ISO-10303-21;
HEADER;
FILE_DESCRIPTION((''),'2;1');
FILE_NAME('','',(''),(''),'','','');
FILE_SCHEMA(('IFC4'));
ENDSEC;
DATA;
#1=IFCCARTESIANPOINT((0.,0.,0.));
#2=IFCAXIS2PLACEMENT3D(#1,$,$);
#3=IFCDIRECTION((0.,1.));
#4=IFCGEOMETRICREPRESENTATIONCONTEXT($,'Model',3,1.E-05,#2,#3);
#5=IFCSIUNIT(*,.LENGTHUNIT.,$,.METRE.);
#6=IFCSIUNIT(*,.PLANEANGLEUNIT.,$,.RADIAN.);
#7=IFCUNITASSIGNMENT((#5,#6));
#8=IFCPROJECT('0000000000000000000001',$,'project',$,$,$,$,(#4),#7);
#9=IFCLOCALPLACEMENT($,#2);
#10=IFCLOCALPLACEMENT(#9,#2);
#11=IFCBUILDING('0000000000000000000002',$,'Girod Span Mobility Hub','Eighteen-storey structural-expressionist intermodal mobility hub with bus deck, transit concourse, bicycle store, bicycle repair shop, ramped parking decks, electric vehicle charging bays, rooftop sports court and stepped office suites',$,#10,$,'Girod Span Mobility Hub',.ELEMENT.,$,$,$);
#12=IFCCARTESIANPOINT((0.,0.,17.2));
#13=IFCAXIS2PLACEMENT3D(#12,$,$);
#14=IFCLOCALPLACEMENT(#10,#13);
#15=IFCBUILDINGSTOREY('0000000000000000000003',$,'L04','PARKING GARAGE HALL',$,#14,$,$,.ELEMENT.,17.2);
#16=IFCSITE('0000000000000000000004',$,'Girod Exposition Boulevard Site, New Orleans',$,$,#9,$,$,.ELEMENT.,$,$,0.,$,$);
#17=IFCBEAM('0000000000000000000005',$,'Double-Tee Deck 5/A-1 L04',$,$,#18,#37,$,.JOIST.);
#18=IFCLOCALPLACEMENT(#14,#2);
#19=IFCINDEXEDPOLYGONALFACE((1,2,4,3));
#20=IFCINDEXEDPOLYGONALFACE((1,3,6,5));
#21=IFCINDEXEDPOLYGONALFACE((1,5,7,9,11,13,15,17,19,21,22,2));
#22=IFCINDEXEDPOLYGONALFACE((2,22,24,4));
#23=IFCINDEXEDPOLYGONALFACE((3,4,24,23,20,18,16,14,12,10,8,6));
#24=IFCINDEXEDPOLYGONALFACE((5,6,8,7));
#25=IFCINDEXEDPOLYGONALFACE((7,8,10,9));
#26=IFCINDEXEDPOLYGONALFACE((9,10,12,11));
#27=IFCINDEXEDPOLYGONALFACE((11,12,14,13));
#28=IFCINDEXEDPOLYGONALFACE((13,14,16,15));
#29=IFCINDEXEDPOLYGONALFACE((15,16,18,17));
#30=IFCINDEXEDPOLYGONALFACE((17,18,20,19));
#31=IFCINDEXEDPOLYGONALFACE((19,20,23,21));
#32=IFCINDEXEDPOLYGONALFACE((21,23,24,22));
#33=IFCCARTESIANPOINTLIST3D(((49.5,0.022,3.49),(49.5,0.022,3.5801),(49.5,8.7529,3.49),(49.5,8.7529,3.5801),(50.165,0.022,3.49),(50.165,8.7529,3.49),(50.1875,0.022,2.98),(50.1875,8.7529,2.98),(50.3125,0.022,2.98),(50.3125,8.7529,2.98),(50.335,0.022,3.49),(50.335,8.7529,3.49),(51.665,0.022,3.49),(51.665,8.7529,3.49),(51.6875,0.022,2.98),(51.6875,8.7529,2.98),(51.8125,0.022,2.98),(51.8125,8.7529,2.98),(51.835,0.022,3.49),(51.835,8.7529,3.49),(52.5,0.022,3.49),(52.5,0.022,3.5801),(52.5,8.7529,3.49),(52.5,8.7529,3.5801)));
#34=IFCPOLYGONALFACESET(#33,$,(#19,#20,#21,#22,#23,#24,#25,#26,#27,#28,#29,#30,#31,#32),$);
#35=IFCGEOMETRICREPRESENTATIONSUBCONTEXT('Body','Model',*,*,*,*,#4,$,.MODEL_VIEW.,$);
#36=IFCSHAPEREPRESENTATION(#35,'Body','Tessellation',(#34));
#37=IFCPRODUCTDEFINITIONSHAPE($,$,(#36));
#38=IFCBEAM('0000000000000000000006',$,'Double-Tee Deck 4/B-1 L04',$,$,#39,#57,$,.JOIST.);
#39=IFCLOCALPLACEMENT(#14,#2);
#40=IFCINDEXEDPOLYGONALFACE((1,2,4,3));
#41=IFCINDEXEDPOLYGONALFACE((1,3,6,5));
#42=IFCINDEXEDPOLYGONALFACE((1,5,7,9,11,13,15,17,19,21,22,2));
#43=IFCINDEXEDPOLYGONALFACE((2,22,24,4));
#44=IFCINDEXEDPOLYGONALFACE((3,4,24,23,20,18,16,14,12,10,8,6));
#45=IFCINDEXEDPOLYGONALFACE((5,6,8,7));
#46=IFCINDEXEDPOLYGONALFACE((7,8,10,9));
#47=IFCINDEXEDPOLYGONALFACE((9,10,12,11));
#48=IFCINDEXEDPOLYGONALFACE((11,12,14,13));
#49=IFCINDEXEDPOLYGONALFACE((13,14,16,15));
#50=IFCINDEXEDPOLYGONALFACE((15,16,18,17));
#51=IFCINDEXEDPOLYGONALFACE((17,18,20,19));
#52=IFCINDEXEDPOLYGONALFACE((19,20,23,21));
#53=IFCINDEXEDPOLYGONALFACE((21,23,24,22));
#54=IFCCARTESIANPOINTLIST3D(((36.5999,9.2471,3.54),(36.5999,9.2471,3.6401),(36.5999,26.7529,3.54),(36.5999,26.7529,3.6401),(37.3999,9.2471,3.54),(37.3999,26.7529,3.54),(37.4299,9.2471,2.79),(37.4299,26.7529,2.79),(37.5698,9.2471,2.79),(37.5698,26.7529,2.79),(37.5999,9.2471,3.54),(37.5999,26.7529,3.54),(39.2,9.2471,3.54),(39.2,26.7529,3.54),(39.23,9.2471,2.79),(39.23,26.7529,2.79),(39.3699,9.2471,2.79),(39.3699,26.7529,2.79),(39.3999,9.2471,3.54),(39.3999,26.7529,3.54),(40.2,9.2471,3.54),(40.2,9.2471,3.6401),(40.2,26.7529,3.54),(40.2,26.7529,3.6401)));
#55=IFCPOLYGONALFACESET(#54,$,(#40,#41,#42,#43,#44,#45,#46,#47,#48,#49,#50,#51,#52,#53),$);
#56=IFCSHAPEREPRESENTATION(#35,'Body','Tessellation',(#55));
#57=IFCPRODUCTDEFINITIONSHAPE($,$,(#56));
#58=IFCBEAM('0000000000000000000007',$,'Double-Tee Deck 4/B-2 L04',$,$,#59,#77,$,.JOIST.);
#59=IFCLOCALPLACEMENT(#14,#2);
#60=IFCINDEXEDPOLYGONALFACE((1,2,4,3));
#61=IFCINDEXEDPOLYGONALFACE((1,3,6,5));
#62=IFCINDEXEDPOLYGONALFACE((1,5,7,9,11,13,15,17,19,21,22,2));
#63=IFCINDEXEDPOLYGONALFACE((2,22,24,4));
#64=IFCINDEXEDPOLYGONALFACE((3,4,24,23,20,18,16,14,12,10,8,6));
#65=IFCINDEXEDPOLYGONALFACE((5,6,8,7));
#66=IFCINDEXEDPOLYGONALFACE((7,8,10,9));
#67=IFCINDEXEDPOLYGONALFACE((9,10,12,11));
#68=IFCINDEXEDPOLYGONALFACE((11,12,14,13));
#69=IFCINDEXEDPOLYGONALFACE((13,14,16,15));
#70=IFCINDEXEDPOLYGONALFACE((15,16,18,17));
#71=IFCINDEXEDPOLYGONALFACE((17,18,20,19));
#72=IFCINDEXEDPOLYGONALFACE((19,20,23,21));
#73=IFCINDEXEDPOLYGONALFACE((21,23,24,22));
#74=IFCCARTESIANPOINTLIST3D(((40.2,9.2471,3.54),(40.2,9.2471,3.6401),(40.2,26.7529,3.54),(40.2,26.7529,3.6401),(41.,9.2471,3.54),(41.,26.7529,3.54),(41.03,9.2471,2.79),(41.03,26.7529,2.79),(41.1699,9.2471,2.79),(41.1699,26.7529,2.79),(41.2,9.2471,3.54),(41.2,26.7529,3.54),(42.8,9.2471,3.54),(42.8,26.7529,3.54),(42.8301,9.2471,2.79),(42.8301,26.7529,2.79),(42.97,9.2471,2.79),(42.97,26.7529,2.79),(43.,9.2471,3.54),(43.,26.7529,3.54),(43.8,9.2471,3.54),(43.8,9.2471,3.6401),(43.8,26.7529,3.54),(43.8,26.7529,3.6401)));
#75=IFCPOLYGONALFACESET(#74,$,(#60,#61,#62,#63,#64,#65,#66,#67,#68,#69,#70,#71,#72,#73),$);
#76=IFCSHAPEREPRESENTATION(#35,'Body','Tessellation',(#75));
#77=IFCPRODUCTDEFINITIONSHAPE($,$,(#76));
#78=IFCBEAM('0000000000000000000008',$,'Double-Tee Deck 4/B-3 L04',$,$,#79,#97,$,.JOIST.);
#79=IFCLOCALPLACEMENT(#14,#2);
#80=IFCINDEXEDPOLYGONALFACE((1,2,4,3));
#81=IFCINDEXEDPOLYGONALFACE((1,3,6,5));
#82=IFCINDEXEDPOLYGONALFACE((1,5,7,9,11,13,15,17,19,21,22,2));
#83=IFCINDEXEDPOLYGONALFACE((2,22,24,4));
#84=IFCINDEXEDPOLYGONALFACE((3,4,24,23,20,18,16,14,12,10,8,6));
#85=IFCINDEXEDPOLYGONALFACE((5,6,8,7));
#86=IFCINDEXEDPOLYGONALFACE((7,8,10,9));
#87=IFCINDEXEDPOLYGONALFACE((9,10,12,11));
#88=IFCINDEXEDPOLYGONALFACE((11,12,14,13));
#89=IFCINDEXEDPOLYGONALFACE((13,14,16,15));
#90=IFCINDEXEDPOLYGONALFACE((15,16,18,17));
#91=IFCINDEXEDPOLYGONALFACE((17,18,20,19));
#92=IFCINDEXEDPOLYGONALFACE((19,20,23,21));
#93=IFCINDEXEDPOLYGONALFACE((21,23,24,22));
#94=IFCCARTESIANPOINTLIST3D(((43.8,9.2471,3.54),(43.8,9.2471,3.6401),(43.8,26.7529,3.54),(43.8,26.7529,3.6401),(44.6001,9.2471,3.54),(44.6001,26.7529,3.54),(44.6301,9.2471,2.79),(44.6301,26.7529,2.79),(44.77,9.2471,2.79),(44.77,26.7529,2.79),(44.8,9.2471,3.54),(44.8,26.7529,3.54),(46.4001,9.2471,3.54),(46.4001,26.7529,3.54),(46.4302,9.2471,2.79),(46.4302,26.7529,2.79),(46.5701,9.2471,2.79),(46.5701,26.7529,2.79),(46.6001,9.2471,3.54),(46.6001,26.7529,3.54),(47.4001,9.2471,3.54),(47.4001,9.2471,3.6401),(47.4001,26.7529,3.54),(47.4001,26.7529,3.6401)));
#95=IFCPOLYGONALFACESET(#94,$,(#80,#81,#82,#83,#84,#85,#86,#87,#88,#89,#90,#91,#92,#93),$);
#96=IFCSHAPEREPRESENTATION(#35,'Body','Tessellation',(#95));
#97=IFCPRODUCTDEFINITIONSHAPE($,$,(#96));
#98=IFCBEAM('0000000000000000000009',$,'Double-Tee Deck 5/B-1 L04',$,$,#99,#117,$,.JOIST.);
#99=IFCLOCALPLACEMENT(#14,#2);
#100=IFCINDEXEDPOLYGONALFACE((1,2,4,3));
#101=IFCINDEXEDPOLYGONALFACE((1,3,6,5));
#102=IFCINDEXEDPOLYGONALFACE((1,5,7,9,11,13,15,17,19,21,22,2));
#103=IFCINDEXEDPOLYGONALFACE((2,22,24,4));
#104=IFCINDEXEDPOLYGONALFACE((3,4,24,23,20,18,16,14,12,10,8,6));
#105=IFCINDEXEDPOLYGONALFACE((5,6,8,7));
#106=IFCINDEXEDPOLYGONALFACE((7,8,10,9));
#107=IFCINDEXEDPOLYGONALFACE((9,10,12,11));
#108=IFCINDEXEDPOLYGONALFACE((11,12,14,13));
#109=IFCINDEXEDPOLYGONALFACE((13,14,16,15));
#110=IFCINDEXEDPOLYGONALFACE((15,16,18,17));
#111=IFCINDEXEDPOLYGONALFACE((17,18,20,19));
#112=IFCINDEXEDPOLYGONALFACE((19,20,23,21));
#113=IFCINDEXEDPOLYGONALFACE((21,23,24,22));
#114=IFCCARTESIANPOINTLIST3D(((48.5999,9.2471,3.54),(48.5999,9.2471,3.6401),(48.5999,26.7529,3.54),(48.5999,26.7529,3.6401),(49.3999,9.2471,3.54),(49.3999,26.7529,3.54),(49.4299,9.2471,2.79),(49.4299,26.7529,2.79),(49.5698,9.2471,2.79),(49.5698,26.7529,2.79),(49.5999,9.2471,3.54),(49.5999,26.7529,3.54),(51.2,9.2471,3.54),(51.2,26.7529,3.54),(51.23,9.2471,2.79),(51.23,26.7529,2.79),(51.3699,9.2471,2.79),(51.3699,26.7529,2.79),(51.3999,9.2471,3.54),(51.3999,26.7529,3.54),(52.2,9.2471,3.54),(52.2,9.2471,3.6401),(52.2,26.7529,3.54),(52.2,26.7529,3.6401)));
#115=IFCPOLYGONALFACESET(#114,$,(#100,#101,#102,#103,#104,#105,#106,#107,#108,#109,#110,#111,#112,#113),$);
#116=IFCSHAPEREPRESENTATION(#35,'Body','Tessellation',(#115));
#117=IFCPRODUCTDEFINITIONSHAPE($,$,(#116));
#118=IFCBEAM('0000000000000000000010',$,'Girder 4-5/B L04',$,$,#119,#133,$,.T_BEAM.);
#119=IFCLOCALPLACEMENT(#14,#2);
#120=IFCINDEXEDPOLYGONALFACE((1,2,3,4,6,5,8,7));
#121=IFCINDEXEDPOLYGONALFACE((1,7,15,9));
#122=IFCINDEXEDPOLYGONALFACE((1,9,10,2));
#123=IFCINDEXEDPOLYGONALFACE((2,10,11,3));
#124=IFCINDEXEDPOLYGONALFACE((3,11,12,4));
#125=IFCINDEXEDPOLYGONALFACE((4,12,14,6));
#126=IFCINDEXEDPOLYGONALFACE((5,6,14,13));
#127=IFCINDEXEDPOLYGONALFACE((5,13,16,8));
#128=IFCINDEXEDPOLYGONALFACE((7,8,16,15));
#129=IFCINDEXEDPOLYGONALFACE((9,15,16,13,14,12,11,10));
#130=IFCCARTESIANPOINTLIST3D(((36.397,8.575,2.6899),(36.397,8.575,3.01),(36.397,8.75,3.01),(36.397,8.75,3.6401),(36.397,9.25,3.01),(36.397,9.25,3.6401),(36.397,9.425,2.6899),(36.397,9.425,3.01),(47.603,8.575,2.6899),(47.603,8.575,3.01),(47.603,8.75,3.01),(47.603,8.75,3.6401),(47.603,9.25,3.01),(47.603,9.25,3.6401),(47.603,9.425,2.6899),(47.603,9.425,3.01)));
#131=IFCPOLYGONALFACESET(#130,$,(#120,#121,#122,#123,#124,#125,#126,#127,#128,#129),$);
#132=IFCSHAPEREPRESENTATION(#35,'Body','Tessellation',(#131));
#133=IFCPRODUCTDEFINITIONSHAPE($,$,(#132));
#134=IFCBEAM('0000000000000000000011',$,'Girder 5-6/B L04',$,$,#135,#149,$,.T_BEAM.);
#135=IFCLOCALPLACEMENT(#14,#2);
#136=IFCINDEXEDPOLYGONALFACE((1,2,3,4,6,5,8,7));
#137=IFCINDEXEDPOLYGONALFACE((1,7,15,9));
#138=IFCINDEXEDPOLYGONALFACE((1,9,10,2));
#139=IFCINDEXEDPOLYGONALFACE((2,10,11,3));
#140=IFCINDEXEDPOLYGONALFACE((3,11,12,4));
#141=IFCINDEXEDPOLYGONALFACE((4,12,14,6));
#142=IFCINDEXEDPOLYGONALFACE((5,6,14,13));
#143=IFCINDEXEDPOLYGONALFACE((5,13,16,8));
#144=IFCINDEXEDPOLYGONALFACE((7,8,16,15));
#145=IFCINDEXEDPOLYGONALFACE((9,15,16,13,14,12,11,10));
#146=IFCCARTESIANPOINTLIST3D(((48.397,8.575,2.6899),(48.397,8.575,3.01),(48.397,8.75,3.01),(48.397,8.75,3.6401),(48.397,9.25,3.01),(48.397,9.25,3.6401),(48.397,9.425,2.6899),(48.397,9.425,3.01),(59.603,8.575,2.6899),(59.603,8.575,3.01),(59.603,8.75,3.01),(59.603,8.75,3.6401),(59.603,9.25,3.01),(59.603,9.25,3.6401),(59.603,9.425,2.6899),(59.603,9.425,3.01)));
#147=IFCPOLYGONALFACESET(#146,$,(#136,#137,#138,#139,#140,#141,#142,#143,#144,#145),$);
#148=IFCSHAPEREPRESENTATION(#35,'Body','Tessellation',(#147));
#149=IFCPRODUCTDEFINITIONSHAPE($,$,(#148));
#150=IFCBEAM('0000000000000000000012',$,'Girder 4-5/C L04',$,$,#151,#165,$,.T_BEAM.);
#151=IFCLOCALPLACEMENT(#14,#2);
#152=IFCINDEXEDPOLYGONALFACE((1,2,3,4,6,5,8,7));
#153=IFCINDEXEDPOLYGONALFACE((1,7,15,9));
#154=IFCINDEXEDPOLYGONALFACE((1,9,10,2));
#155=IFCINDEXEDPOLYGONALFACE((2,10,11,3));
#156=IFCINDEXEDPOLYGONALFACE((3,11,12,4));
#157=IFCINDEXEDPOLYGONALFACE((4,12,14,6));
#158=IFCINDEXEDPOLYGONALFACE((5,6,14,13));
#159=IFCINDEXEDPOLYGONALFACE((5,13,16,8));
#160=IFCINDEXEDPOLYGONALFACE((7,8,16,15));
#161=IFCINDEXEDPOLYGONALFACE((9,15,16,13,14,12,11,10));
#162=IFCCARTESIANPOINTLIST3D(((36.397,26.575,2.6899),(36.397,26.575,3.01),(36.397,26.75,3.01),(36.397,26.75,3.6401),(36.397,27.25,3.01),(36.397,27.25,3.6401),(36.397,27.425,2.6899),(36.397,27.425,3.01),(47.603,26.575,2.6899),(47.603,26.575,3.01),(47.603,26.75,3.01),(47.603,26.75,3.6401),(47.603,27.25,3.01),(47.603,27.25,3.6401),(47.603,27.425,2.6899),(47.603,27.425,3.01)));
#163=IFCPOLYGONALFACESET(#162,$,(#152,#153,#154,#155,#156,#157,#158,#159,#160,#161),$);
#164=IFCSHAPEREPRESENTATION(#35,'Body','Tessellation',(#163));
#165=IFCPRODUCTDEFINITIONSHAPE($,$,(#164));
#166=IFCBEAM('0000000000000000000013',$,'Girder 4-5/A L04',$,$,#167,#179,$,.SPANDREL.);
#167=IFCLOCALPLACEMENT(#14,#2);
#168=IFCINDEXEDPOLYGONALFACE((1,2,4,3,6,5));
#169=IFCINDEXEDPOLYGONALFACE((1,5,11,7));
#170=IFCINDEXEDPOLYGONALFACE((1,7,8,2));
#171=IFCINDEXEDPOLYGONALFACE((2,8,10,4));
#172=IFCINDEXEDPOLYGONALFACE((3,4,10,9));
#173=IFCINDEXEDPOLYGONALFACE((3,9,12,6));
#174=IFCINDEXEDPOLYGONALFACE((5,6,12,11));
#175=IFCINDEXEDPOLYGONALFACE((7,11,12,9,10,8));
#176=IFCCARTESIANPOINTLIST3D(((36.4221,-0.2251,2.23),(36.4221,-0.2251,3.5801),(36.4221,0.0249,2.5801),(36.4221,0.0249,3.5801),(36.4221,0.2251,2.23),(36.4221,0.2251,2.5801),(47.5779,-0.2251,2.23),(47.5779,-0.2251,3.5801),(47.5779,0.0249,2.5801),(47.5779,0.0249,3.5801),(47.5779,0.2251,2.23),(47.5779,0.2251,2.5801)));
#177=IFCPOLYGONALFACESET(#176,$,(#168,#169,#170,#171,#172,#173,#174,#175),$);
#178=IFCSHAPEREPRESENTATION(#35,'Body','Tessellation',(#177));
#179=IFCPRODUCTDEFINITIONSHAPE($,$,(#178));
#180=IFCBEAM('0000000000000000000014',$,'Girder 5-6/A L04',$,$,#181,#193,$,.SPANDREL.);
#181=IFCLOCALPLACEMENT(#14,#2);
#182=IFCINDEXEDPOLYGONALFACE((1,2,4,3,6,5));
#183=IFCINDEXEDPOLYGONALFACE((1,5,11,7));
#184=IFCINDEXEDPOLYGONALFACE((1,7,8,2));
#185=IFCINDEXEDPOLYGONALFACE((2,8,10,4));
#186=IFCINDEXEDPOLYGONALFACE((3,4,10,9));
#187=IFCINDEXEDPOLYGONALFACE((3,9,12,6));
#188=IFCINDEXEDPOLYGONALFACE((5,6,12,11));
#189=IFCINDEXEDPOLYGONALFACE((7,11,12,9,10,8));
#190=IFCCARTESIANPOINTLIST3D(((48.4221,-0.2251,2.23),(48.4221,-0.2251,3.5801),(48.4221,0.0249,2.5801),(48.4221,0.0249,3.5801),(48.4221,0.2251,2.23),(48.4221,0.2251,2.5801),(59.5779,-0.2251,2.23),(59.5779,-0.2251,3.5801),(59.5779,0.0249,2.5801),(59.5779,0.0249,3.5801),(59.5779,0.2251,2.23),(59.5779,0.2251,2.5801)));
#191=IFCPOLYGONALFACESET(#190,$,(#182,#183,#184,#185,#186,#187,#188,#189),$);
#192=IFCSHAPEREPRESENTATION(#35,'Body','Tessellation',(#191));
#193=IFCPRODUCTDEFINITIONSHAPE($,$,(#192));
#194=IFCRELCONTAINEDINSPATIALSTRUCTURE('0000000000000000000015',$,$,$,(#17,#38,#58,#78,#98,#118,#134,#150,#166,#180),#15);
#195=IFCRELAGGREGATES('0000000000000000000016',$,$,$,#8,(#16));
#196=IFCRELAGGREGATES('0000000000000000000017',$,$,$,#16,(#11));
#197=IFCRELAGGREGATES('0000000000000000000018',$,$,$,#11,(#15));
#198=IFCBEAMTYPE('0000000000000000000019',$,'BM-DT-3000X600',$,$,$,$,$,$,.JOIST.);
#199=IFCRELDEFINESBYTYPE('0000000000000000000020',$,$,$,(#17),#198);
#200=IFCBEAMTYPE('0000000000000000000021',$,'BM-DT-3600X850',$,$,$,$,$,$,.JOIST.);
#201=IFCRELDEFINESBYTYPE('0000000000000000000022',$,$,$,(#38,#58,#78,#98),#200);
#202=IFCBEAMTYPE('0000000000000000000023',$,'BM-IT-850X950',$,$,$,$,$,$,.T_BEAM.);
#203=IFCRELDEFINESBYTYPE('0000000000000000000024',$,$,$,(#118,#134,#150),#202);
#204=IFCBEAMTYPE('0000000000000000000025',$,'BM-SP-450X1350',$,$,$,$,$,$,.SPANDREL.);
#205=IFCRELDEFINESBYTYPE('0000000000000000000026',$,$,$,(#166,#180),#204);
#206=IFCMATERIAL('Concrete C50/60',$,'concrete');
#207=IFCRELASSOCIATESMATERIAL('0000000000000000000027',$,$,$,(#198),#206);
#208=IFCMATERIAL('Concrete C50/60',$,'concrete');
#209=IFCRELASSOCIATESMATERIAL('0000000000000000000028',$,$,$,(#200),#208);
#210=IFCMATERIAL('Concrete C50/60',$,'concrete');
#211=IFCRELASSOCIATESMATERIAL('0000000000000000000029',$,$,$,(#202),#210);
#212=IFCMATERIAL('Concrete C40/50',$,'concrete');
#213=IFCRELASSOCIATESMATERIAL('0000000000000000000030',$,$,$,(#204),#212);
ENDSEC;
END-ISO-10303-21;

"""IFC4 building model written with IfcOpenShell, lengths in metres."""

from ifc_helpers import new_model, si_unit, direction, frame, origin, place, context, subcontext, project, spatial, polyline, outline, extrude, material, material_profile, profile_set, type_object, element, save


model = new_model("IFC4")

# Units and contexts
model_context = context("Model", 3, precision=1e-05, world=origin(), true_north=direction((0.0, 1.0)))
body_context = subcontext(model_context, "Body", "Model", "MODEL_VIEW")
ifc_project = project(units=[si_unit("LENGTHUNIT", "METRE"), si_unit("PLANEANGLEUNIT", "RADIAN")], contexts=[model_context])

# Site, building, storey
site_placement = place(None, origin())
site = spatial("IfcSite", under=ifc_project, at=site_placement, Name="Girod Exposition Boulevard Site, New Orleans", CompositionType="ELEMENT", RefElevation=0.0)
building_placement = place(site_placement, origin())
building = spatial("IfcBuilding", under=site, at=building_placement, Name="Girod Span Mobility Hub", Description="Eighteen-storey structural-expressionist intermodal mobility hub with bus deck, transit concourse, bicycle store, bicycle repair shop, ramped parking decks, electric vehicle charging bays, rooftop sports court and stepped office suites", LongName="Girod Span Mobility Hub", CompositionType="ELEMENT")
storey_placement = place(building_placement, frame((0.0, 0.0, 17.2)))
storey = spatial("IfcBuildingStorey", under=building, at=storey_placement, Name="L04", Description="PARKING GARAGE HALL", CompositionType="ELEMENT", Elevation=17.2)

# Beams
ifc_material_1 = material(Name="Concrete C50/60", Category="concrete")
ifc_material_profile_1 = material_profile(ifc_material_1, outline(polyline([(-1.5, 0.3), (-1.5, 0.21), (-0.835, 0.21), (-0.8125, -0.3), (-0.6875, -0.3), (-0.665, 0.21), (0.665, 0.21), (0.6875, -0.3), (0.8125, -0.3), (0.835, 0.21), (1.5, 0.21), (1.5, 0.3), (-1.5, 0.3)])), Name="DT-3000X600")
ifc_profile_set_1 = profile_set([ifc_material_profile_1], Name="Concrete C50/60")
beam_type_1 = type_object("IfcBeamType", Name="BM-DT-3000X600", PredefinedType="JOIST", material=ifc_profile_set_1)
for number, where, z_axis, x_axis, name in (
    (1, (51.0, 0.022, 3.28), (0.0, 1.0, 0.0), (-1.0, 0.0, 0.0), "Double-Tee Deck 5/A-1 L04"),
):
    element("IfcBeam", number, at=place(storey_placement, frame(where, z_axis=z_axis, x_axis=x_axis)), inside=storey, type_object=beam_type_1, Name=name, PredefinedType="JOIST", context=body_context, shape_type="SweptSolid", body=[
        extrude(outline(polyline([(-1.5, 0.3), (-1.5, 0.21), (-0.835, 0.21), (-0.8125, -0.3), (-0.6875, -0.3), (-0.665, 0.21), (0.665, 0.21), (0.6875, -0.3), (0.8125, -0.3), (0.835, 0.21), (1.5, 0.21), (1.5, 0.3), (-1.5, 0.3)])), origin(), (0.0, 0.0, 1.0), 8.731),
    ])
ifc_material_2 = material(Name="Concrete C50/60", Category="concrete")
ifc_material_profile_2 = material_profile(ifc_material_2, outline(polyline([(-1.8, 0.425), (-1.8, 0.325), (-1.0, 0.325), (-0.97, -0.425), (-0.8301, -0.425), (-0.8, 0.325), (0.8, 0.325), (0.8301, -0.425), (0.97, -0.425), (1.0, 0.325), (1.8, 0.325), (1.8, 0.425), (-1.8, 0.425)])), Name="DT-3600X850")
ifc_profile_set_2 = profile_set([ifc_material_profile_2], Name="Concrete C50/60")
beam_type_2 = type_object("IfcBeamType", Name="BM-DT-3600X850", PredefinedType="JOIST", material=ifc_profile_set_2)
for number, where, z_axis, x_axis, name in (
    (2, (38.3999, 9.2471, 3.2151), (0.0, 1.0, 0.0), (-1.0, 0.0, 0.0), "Double-Tee Deck 4/B-1 L04"),
    (3, (42.0, 9.2471, 3.2151), (0.0, 1.0, 0.0), (-1.0, 0.0, 0.0), "Double-Tee Deck 4/B-2 L04"),
    (4, (45.6001, 9.2471, 3.2151), (0.0, 1.0, 0.0), (-1.0, 0.0, 0.0), "Double-Tee Deck 4/B-3 L04"),
    (5, (50.3999, 9.2471, 3.2151), (0.0, 1.0, 0.0), (-1.0, 0.0, 0.0), "Double-Tee Deck 5/B-1 L04"),
):
    element("IfcBeam", number, at=place(storey_placement, frame(where, z_axis=z_axis, x_axis=x_axis)), inside=storey, type_object=beam_type_2, Name=name, PredefinedType="JOIST", context=body_context, shape_type="SweptSolid", body=[
        extrude(outline(polyline([(-1.8, 0.425), (-1.8, 0.325), (-1.0, 0.325), (-0.97, -0.425), (-0.8301, -0.425), (-0.8, 0.325), (0.8, 0.325), (0.8301, -0.425), (0.97, -0.425), (1.0, 0.325), (1.8, 0.325), (1.8, 0.425), (-1.8, 0.425)])), origin(), (0.0, 0.0, 1.0), 17.5059),
    ])
ifc_material_3 = material(Name="Concrete C50/60", Category="concrete")
ifc_material_profile_3 = material_profile(ifc_material_3, outline(polyline([(-0.425, -0.4751), (0.425, -0.4751), (0.425, -0.155), (0.25, -0.155), (0.25, 0.4751), (-0.25, 0.4751), (-0.25, -0.155), (-0.425, -0.155), (-0.425, -0.4751)])), Name="IT-850X950")
ifc_profile_set_3 = profile_set([ifc_material_profile_3], Name="Concrete C50/60")
beam_type_3 = type_object("IfcBeamType", Name="BM-IT-850X950", PredefinedType="T_BEAM", material=ifc_profile_set_3)
for number, where, z_axis, x_axis, name in (
    (6, (36.397, 9.0, 3.165), (1.0, 0.0, 0.0), (0.0, 1.0, 0.0), "Girder 4-5/B L04"),
    (7, (48.397, 9.0, 3.165), (1.0, 0.0, 0.0), (0.0, 1.0, 0.0), "Girder 5-6/B L04"),
    (8, (36.397, 27.0, 3.165), (1.0, 0.0, 0.0), (0.0, 1.0, 0.0), "Girder 4-5/C L04"),
):
    element("IfcBeam", number, at=place(storey_placement, frame(where, z_axis=z_axis, x_axis=x_axis)), inside=storey, type_object=beam_type_3, Name=name, PredefinedType="T_BEAM", context=body_context, shape_type="SweptSolid", body=[
        extrude(outline(polyline([(-0.425, -0.4751), (0.425, -0.4751), (0.425, -0.155), (0.25, -0.155), (0.25, 0.4751), (-0.25, 0.4751), (-0.25, -0.155), (-0.425, -0.155), (-0.425, -0.4751)])), origin(), (0.0, 0.0, 1.0), 11.2061),
    ])
ifc_material_4 = material(Name="Concrete C40/50", Category="concrete")
ifc_material_profile_4 = material_profile(ifc_material_4, outline(polyline([(-0.2251, -0.675), (0.2251, -0.675), (0.2251, -0.325), (0.0249, -0.325), (0.0249, 0.675), (-0.2251, 0.675), (-0.2251, -0.675)])), Name="SP-450X1350")
ifc_profile_set_4 = profile_set([ifc_material_profile_4], Name="Concrete C40/50")
beam_type_4 = type_object("IfcBeamType", Name="BM-SP-450X1350", PredefinedType="SPANDREL", material=ifc_profile_set_4)
for number, where, z_axis, x_axis, name in (
    (9, (36.4221, 0.0, 2.905), (1.0, 0.0, 0.0), (0.0, 1.0, 0.0), "Girder 4-5/A L04"),
    (10, (48.4221, 0.0, 2.905), (1.0, 0.0, 0.0), (0.0, 1.0, 0.0), "Girder 5-6/A L04"),
):
    element("IfcBeam", number, at=place(storey_placement, frame(where, z_axis=z_axis, x_axis=x_axis)), inside=storey, type_object=beam_type_4, Name=name, PredefinedType="SPANDREL", context=body_context, shape_type="SweptSolid", body=[
        extrude(outline(polyline([(-0.2251, -0.675), (0.2251, -0.675), (0.2251, -0.325), (0.0249, -0.325), (0.0249, 0.675), (-0.2251, 0.675), (-0.2251, -0.675)])), origin(), (0.0, 0.0, 1.0), 11.1558),
    ])

save(model, "model.ifc")
